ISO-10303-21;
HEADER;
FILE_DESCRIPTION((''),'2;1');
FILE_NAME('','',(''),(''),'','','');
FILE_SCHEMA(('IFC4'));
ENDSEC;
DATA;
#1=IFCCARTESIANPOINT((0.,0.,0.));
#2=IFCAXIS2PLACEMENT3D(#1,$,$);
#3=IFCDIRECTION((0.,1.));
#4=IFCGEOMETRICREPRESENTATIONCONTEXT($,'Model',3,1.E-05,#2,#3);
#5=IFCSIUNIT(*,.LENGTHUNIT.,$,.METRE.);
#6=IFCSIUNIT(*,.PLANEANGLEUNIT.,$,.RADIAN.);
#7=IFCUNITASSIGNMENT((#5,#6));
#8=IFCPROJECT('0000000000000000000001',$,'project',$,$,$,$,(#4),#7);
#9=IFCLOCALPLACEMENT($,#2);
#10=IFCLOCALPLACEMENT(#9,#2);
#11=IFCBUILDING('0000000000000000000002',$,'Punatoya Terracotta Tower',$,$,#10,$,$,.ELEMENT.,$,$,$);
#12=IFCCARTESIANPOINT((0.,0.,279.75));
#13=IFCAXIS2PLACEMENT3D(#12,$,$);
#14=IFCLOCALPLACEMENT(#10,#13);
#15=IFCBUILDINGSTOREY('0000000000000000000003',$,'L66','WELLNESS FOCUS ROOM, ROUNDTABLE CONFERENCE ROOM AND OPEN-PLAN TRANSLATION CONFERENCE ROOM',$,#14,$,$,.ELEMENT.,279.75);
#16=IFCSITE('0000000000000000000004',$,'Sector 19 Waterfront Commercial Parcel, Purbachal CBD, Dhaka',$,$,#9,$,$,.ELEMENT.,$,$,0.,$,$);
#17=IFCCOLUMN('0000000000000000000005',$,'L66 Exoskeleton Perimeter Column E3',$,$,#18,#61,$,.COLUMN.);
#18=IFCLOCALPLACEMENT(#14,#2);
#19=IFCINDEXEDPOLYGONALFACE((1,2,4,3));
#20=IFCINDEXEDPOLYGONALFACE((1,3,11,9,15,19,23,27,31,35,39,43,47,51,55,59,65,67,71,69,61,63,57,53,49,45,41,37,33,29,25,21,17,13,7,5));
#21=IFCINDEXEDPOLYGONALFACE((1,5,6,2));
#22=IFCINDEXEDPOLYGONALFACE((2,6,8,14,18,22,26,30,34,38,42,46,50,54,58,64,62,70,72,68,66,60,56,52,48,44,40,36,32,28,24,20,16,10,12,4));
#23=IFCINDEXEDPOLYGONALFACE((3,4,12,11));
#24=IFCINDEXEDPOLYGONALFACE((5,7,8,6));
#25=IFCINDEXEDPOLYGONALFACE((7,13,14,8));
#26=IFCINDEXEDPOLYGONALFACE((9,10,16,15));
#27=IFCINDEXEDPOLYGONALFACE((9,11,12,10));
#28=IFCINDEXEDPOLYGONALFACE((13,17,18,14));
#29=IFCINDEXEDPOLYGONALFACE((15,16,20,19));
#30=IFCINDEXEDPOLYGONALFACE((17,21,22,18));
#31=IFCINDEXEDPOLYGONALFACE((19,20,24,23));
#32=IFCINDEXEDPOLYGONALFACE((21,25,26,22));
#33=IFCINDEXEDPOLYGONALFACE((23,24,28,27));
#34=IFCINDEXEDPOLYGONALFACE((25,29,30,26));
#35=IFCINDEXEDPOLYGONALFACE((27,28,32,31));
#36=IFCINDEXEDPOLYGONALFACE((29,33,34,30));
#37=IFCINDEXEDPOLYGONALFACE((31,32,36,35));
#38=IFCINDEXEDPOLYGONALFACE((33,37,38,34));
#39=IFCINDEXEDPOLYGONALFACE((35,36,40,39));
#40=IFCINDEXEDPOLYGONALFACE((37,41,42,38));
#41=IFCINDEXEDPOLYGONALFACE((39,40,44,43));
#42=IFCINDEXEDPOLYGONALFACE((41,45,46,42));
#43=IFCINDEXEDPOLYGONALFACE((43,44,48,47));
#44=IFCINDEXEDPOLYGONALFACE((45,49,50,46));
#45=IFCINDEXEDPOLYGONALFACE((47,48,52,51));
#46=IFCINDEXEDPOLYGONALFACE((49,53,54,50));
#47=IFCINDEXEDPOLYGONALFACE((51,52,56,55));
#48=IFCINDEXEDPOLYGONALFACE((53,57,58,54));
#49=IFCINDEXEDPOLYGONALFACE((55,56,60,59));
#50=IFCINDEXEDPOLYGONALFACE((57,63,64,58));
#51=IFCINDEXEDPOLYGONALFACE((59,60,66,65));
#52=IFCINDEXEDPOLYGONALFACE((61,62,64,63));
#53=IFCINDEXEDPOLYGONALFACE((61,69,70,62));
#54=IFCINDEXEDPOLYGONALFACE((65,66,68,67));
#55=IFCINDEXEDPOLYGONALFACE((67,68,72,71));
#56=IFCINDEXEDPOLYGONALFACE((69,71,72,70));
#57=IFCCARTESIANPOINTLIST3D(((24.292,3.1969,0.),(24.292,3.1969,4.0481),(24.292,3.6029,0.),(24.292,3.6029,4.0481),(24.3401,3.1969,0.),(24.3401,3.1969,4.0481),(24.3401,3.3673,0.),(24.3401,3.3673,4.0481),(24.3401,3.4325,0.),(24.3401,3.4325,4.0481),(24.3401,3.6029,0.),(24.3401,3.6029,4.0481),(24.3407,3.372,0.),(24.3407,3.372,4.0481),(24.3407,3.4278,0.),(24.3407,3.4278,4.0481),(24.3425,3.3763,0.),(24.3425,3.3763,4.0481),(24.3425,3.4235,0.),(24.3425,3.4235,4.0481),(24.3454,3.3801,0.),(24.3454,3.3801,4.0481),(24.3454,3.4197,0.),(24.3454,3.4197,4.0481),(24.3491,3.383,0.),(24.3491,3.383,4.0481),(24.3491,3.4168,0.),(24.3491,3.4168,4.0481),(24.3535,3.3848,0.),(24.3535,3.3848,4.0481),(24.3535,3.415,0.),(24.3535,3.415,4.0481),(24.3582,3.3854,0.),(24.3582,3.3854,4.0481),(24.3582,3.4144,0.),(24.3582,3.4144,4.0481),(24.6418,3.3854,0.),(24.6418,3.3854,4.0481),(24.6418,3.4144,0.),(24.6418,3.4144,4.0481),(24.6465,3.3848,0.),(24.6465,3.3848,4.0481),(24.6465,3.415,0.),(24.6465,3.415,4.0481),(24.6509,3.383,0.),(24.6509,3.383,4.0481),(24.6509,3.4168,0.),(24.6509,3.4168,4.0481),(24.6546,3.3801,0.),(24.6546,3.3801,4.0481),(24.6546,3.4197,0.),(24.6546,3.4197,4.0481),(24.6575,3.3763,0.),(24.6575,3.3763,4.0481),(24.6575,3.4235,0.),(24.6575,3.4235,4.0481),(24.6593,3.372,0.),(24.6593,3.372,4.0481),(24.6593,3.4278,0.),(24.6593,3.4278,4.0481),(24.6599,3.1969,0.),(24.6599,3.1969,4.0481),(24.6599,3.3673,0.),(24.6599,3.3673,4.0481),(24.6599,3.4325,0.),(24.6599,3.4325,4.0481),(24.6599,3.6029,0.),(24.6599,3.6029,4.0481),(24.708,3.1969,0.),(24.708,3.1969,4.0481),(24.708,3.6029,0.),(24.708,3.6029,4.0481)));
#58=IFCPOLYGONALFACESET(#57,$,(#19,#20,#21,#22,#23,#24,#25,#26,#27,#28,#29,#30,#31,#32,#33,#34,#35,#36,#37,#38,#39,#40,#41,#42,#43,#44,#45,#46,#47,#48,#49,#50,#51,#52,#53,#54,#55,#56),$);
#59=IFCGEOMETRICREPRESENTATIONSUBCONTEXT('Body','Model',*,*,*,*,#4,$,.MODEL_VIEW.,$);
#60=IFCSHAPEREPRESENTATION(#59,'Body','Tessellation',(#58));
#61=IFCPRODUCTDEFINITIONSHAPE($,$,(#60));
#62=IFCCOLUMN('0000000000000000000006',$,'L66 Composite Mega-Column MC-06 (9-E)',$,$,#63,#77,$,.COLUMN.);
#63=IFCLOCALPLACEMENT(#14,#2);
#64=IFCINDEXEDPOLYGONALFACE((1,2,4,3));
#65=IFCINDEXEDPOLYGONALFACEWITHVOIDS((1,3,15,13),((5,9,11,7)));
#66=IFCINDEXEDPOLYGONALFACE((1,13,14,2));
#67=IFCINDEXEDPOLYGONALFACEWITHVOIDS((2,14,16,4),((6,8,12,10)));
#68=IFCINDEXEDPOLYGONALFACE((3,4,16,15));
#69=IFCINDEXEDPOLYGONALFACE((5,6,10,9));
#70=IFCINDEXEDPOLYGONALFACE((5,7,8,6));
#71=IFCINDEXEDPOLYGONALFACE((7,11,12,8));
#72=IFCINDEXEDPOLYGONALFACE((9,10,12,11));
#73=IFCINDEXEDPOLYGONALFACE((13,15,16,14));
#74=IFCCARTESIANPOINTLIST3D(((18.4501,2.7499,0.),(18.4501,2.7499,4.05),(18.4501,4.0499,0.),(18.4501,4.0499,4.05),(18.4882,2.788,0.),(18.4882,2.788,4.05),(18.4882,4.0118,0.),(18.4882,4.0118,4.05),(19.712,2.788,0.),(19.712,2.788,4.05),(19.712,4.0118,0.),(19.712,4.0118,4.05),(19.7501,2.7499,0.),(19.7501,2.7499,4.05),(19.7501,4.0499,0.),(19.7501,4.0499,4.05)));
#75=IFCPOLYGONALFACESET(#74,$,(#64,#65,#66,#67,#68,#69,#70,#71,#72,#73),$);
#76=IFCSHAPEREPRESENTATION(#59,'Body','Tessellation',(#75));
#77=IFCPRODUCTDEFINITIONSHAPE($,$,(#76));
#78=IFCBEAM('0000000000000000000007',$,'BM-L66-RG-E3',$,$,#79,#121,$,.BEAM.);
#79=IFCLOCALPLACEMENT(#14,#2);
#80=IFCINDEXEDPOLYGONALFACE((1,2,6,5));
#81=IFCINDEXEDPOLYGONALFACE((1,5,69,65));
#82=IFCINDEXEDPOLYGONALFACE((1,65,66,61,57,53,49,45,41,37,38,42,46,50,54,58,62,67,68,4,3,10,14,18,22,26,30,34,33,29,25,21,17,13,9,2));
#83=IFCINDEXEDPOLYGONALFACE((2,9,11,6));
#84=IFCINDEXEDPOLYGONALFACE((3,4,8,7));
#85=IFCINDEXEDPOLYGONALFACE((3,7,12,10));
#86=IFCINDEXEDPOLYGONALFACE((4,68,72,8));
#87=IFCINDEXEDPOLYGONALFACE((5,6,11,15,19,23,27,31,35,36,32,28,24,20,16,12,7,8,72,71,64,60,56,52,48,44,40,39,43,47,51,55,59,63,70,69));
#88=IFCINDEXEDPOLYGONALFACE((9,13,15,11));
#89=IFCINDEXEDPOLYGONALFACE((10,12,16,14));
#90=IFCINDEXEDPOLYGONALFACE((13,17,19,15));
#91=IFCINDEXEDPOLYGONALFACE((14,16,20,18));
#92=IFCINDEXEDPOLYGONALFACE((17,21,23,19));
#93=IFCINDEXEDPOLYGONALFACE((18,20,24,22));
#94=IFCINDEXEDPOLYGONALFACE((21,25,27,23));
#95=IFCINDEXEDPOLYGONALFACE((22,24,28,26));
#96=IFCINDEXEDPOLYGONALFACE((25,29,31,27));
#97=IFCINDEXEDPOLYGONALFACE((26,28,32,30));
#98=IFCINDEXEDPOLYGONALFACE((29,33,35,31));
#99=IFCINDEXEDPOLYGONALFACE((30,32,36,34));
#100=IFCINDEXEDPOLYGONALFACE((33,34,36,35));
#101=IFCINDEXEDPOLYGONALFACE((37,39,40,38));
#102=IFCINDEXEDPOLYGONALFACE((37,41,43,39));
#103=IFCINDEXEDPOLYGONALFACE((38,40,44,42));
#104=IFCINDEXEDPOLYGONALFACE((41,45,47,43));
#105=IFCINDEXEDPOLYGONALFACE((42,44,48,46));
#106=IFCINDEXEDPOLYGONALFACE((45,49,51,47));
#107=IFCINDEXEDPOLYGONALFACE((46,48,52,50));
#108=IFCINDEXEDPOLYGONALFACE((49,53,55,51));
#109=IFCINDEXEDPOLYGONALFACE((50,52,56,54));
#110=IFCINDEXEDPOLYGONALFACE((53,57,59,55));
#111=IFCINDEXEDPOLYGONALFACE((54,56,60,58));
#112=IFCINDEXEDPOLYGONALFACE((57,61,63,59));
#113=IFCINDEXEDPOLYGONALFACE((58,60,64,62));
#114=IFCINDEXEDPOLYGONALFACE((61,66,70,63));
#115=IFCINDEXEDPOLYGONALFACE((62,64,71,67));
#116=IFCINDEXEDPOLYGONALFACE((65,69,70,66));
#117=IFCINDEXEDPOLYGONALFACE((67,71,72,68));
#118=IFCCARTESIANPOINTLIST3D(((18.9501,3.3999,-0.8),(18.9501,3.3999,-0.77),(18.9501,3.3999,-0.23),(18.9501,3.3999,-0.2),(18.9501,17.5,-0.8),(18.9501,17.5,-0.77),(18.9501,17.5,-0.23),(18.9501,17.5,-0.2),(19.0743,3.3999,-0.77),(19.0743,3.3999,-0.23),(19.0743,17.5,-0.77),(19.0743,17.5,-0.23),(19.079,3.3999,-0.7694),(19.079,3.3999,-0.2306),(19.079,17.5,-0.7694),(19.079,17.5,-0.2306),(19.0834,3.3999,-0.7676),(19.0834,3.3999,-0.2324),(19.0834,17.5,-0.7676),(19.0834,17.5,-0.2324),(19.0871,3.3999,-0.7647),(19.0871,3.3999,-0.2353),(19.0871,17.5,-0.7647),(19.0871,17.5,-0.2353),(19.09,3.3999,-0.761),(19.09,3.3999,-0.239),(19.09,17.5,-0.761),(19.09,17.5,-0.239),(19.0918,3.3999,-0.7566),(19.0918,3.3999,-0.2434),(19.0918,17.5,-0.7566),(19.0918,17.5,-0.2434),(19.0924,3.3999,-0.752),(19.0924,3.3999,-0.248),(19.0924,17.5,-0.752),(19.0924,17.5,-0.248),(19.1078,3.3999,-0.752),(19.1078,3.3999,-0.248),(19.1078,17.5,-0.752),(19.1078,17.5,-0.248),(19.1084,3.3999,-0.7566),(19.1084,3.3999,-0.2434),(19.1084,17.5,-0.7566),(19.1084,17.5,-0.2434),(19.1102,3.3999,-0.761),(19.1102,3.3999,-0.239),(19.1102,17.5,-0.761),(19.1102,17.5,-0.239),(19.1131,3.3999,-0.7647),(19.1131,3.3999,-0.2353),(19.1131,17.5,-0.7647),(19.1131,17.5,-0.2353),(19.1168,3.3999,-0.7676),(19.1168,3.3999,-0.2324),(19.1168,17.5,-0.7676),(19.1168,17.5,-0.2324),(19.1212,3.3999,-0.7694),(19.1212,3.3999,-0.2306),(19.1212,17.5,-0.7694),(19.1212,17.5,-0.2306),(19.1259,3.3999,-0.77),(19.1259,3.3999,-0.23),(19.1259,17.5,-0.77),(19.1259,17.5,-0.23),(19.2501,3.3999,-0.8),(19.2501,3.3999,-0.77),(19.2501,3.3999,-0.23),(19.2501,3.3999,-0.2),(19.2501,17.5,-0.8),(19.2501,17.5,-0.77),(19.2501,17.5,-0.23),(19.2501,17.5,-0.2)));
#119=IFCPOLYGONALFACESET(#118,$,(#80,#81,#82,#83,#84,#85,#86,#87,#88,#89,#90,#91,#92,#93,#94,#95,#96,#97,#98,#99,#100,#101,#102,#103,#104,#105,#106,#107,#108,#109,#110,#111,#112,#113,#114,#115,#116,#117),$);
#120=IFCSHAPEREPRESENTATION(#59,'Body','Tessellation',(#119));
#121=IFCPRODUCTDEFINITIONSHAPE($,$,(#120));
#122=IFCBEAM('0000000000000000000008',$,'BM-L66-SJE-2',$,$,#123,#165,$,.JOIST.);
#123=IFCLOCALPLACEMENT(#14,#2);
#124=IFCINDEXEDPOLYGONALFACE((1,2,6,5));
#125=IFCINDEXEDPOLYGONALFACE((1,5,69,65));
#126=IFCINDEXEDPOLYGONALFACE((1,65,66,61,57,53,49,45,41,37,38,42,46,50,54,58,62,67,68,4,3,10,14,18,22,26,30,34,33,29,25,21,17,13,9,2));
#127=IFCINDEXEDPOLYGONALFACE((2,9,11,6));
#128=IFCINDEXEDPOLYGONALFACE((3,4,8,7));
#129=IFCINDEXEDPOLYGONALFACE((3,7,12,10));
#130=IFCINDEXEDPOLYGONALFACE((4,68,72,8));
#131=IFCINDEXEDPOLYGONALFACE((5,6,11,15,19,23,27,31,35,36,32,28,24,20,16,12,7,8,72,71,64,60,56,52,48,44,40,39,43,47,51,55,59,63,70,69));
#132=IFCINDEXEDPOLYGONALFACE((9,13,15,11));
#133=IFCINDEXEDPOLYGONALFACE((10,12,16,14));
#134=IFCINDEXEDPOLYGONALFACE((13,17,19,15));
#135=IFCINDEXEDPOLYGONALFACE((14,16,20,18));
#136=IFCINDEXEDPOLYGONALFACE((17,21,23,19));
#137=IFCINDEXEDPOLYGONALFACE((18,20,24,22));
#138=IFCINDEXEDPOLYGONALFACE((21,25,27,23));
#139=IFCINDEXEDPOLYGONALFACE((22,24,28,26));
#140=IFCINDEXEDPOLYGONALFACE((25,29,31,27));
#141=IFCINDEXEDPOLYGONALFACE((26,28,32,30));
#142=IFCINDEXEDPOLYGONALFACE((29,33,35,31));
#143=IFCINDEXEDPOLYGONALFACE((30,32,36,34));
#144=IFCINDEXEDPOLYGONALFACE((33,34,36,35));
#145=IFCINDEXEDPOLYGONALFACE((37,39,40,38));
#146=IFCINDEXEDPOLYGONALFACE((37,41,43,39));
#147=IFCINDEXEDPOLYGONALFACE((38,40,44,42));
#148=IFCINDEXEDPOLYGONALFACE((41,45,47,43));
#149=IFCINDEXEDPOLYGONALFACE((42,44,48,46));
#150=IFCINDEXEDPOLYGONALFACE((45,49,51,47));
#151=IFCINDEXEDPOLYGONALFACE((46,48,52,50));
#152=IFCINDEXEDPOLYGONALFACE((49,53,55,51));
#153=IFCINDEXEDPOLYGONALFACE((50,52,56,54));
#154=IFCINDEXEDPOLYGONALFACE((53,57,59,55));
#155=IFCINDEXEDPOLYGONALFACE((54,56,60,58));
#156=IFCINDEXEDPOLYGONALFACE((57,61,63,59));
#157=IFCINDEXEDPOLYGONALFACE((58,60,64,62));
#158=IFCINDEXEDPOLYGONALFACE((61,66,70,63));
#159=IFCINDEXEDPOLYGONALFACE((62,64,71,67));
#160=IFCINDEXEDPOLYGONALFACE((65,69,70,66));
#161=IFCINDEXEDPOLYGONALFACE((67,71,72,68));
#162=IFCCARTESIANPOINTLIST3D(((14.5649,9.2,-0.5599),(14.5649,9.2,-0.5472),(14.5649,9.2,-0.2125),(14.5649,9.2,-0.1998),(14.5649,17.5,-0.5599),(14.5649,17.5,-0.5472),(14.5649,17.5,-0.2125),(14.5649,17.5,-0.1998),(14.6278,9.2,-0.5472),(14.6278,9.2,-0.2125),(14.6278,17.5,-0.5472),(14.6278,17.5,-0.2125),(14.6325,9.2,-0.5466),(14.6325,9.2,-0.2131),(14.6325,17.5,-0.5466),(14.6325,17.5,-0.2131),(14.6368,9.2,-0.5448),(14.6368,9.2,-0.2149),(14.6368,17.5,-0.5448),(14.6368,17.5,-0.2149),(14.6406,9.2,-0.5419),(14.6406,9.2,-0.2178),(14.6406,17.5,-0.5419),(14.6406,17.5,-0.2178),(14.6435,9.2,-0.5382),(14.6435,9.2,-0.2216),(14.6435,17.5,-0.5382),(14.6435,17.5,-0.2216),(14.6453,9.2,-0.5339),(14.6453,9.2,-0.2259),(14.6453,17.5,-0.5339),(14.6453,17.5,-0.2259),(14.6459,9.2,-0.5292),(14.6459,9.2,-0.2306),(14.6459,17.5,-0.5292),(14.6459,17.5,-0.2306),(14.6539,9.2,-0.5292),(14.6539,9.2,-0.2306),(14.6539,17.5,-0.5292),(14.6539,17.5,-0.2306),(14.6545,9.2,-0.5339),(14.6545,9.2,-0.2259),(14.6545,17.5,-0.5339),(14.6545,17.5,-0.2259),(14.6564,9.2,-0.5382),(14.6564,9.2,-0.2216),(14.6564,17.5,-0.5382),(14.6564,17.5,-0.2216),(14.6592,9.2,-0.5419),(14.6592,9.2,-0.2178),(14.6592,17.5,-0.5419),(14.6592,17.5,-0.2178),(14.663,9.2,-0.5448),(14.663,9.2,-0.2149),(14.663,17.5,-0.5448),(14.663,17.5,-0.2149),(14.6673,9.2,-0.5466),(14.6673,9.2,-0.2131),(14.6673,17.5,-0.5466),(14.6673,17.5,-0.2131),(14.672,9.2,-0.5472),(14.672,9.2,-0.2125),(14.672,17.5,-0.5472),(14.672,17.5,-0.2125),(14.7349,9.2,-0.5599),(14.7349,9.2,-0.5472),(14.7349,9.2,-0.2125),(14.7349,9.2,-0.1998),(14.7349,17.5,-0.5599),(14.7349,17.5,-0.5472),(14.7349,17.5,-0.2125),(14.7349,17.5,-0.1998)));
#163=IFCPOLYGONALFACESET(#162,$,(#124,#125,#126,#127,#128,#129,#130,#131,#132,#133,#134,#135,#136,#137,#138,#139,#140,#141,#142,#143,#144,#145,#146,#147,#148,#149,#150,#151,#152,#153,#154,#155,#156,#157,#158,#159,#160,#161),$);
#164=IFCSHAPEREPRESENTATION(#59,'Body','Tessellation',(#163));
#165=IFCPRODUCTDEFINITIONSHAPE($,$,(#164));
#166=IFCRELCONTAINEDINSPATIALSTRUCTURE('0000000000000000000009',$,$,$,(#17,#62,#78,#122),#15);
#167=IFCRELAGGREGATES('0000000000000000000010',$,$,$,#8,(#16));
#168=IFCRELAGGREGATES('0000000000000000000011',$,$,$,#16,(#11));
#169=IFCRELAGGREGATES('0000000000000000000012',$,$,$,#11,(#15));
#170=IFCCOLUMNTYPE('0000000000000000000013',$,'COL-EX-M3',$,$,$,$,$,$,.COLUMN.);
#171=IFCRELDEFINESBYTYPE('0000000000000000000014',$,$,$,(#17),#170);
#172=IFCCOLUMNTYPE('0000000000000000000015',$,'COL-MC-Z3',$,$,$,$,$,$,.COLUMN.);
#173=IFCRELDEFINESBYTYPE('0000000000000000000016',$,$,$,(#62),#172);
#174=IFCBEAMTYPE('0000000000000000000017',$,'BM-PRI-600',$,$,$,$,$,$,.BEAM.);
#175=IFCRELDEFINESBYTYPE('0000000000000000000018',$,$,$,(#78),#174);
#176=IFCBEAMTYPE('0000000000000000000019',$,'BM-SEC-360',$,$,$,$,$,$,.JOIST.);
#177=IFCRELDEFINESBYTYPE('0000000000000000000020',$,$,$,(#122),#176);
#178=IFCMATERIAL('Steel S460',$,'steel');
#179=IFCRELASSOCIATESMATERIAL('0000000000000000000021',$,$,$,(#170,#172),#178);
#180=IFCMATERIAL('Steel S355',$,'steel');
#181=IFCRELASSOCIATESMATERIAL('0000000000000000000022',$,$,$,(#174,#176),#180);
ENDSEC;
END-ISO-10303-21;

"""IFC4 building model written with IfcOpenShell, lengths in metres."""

from ifc_helpers import new_model, si_unit, direction, frame, origin, origin_2d, place, context, subcontext, project, spatial, hollow_rectangle, i_section, extrude, material, material_profile, profile_set, type_object, element, save


model = new_model("IFC4")

# Units and contexts
model_context = context("Model", 3, precision=1e-05, world=origin(), true_north=direction((0.0, 1.0)))
body_context = subcontext(model_context, "Body", "Model", "MODEL_VIEW")
ifc_project = project(units=[si_unit("LENGTHUNIT", "METRE"), si_unit("PLANEANGLEUNIT", "RADIAN")], contexts=[model_context])

# Site, building, storey
site_placement = place(None, origin())
site = spatial("IfcSite", under=ifc_project, at=site_placement, Name="Sector 19 Waterfront Commercial Parcel, Purbachal CBD, Dhaka", CompositionType="ELEMENT", RefElevation=0.0)
building_placement = place(site_placement, origin())
building = spatial("IfcBuilding", under=site, at=building_placement, Name="Punatoya Terracotta Tower", CompositionType="ELEMENT")
storey_placement = place(building_placement, frame((0.0, 0.0, 279.75)))
storey = spatial("IfcBuildingStorey", under=building, at=storey_placement, Name="L66", Description="WELLNESS FOCUS ROOM, ROUNDTABLE CONFERENCE ROOM AND OPEN-PLAN TRANSLATION CONFERENCE ROOM", CompositionType="ELEMENT", Elevation=279.75)

# Columns
ifc_material_1 = material(Name="Steel S460", Category="steel")
ifc_material_profile_1 = material_profile(ifc_material_1, i_section(OverallWidth=0.406, OverallDepth=0.416, WebThickness=0.0291, FlangeThickness=0.0481, FilletRadius=0.0181, at=origin_2d()))
ifc_profile_set_1 = profile_set([ifc_material_profile_1], Name="Steel S460")
column_type_1 = type_object("IfcColumnType", Name="COL-EX-M3", PredefinedType="COLUMN", material=ifc_profile_set_1)
column_1_placement = place(storey_placement, frame((24.5, 3.3999, 0.0), z_axis=(0.0, 0.0, 1.0), x_axis=(0.0, 1.0, 0.0)))
element("IfcColumn", 1, at=column_1_placement, inside=storey, type_object=column_type_1, Name="L66 Exoskeleton Perimeter Column E3", PredefinedType="COLUMN", context=body_context, shape_type="SweptSolid", body=[
    extrude(i_section(OverallWidth=0.406, OverallDepth=0.416, WebThickness=0.0291, FlangeThickness=0.0481, FilletRadius=0.0181, at=origin_2d()), origin(), (0.0, 0.0, 1.0), 4.0481),
])
ifc_material_profile_2 = material_profile(ifc_material_1, hollow_rectangle(XDim=1.3, YDim=1.3, WallThickness=0.0381, at=origin_2d()))
ifc_profile_set_2 = profile_set([ifc_material_profile_2], Name="Steel S460")
column_type_2 = type_object("IfcColumnType", Name="COL-MC-Z3", PredefinedType="COLUMN", material=ifc_profile_set_2)
column_2_placement = place(storey_placement, frame((19.1001, 3.3999, 0.0), z_axis=(0.0, 0.0, 1.0), x_axis=(1.0, 0.0, 0.0)))
element("IfcColumn", 2, at=column_2_placement, inside=storey, type_object=column_type_2, Name="L66 Composite Mega-Column MC-06 (9-E)", PredefinedType="COLUMN", context=body_context, shape_type="SweptSolid", body=[
    extrude(hollow_rectangle(XDim=1.3, YDim=1.3, WallThickness=0.0381, at=origin_2d()), origin(), (0.0, 0.0, 1.0), 4.05),
])

# Beams
ifc_material_2 = material(Name="Steel S355", Category="steel")
ifc_material_profile_3 = material_profile(ifc_material_2, i_section(OverallWidth=0.3, OverallDepth=0.6001, WebThickness=0.0154, FlangeThickness=0.03, FilletRadius=0.0181, at=origin_2d()))
ifc_profile_set_3 = profile_set([ifc_material_profile_3], Name="Steel S355")
beam_type_1 = type_object("IfcBeamType", Name="BM-PRI-600", PredefinedType="BEAM", material=ifc_profile_set_3)
beam_1_placement = place(storey_placement, frame((19.1001, 3.3999, -0.5), z_axis=(0.0, 1.0, 0.0), x_axis=(-1.0, 0.0, 0.0)))
element("IfcBeam", 3, at=beam_1_placement, inside=storey, type_object=beam_type_1, Name="BM-L66-RG-E3", PredefinedType="BEAM", context=body_context, shape_type="SweptSolid", body=[
    extrude(i_section(OverallWidth=0.3, OverallDepth=0.6001, WebThickness=0.0154, FlangeThickness=0.03, FilletRadius=0.0181, at=origin_2d()), origin(), (0.0, 0.0, 1.0), 14.1001),
])
ifc_material_profile_4 = material_profile(ifc_material_2, i_section(OverallWidth=0.1699, OverallDepth=0.3601, WebThickness=0.0081, FlangeThickness=0.0127, FilletRadius=0.0181, at=origin_2d()))
ifc_profile_set_4 = profile_set([ifc_material_profile_4], Name="Steel S355")
beam_type_2 = type_object("IfcBeamType", Name="BM-SEC-360", PredefinedType="JOIST", material=ifc_profile_set_4)
beam_2_placement = place(storey_placement, frame((14.6499, 9.2, -0.3799), z_axis=(0.0, 1.0, 0.0), x_axis=(-1.0, 0.0, 0.0)))
element("IfcBeam", 4, at=beam_2_placement, inside=storey, type_object=beam_type_2, Name="BM-L66-SJE-2", PredefinedType="JOIST", context=body_context, shape_type="SweptSolid", body=[
    extrude(i_section(OverallWidth=0.1699, OverallDepth=0.3601, WebThickness=0.0081, FlangeThickness=0.0127, FilletRadius=0.0181, at=origin_2d()), origin(), (0.0, 0.0, 1.0), 8.3),
])

save(model, "model.ifc")
